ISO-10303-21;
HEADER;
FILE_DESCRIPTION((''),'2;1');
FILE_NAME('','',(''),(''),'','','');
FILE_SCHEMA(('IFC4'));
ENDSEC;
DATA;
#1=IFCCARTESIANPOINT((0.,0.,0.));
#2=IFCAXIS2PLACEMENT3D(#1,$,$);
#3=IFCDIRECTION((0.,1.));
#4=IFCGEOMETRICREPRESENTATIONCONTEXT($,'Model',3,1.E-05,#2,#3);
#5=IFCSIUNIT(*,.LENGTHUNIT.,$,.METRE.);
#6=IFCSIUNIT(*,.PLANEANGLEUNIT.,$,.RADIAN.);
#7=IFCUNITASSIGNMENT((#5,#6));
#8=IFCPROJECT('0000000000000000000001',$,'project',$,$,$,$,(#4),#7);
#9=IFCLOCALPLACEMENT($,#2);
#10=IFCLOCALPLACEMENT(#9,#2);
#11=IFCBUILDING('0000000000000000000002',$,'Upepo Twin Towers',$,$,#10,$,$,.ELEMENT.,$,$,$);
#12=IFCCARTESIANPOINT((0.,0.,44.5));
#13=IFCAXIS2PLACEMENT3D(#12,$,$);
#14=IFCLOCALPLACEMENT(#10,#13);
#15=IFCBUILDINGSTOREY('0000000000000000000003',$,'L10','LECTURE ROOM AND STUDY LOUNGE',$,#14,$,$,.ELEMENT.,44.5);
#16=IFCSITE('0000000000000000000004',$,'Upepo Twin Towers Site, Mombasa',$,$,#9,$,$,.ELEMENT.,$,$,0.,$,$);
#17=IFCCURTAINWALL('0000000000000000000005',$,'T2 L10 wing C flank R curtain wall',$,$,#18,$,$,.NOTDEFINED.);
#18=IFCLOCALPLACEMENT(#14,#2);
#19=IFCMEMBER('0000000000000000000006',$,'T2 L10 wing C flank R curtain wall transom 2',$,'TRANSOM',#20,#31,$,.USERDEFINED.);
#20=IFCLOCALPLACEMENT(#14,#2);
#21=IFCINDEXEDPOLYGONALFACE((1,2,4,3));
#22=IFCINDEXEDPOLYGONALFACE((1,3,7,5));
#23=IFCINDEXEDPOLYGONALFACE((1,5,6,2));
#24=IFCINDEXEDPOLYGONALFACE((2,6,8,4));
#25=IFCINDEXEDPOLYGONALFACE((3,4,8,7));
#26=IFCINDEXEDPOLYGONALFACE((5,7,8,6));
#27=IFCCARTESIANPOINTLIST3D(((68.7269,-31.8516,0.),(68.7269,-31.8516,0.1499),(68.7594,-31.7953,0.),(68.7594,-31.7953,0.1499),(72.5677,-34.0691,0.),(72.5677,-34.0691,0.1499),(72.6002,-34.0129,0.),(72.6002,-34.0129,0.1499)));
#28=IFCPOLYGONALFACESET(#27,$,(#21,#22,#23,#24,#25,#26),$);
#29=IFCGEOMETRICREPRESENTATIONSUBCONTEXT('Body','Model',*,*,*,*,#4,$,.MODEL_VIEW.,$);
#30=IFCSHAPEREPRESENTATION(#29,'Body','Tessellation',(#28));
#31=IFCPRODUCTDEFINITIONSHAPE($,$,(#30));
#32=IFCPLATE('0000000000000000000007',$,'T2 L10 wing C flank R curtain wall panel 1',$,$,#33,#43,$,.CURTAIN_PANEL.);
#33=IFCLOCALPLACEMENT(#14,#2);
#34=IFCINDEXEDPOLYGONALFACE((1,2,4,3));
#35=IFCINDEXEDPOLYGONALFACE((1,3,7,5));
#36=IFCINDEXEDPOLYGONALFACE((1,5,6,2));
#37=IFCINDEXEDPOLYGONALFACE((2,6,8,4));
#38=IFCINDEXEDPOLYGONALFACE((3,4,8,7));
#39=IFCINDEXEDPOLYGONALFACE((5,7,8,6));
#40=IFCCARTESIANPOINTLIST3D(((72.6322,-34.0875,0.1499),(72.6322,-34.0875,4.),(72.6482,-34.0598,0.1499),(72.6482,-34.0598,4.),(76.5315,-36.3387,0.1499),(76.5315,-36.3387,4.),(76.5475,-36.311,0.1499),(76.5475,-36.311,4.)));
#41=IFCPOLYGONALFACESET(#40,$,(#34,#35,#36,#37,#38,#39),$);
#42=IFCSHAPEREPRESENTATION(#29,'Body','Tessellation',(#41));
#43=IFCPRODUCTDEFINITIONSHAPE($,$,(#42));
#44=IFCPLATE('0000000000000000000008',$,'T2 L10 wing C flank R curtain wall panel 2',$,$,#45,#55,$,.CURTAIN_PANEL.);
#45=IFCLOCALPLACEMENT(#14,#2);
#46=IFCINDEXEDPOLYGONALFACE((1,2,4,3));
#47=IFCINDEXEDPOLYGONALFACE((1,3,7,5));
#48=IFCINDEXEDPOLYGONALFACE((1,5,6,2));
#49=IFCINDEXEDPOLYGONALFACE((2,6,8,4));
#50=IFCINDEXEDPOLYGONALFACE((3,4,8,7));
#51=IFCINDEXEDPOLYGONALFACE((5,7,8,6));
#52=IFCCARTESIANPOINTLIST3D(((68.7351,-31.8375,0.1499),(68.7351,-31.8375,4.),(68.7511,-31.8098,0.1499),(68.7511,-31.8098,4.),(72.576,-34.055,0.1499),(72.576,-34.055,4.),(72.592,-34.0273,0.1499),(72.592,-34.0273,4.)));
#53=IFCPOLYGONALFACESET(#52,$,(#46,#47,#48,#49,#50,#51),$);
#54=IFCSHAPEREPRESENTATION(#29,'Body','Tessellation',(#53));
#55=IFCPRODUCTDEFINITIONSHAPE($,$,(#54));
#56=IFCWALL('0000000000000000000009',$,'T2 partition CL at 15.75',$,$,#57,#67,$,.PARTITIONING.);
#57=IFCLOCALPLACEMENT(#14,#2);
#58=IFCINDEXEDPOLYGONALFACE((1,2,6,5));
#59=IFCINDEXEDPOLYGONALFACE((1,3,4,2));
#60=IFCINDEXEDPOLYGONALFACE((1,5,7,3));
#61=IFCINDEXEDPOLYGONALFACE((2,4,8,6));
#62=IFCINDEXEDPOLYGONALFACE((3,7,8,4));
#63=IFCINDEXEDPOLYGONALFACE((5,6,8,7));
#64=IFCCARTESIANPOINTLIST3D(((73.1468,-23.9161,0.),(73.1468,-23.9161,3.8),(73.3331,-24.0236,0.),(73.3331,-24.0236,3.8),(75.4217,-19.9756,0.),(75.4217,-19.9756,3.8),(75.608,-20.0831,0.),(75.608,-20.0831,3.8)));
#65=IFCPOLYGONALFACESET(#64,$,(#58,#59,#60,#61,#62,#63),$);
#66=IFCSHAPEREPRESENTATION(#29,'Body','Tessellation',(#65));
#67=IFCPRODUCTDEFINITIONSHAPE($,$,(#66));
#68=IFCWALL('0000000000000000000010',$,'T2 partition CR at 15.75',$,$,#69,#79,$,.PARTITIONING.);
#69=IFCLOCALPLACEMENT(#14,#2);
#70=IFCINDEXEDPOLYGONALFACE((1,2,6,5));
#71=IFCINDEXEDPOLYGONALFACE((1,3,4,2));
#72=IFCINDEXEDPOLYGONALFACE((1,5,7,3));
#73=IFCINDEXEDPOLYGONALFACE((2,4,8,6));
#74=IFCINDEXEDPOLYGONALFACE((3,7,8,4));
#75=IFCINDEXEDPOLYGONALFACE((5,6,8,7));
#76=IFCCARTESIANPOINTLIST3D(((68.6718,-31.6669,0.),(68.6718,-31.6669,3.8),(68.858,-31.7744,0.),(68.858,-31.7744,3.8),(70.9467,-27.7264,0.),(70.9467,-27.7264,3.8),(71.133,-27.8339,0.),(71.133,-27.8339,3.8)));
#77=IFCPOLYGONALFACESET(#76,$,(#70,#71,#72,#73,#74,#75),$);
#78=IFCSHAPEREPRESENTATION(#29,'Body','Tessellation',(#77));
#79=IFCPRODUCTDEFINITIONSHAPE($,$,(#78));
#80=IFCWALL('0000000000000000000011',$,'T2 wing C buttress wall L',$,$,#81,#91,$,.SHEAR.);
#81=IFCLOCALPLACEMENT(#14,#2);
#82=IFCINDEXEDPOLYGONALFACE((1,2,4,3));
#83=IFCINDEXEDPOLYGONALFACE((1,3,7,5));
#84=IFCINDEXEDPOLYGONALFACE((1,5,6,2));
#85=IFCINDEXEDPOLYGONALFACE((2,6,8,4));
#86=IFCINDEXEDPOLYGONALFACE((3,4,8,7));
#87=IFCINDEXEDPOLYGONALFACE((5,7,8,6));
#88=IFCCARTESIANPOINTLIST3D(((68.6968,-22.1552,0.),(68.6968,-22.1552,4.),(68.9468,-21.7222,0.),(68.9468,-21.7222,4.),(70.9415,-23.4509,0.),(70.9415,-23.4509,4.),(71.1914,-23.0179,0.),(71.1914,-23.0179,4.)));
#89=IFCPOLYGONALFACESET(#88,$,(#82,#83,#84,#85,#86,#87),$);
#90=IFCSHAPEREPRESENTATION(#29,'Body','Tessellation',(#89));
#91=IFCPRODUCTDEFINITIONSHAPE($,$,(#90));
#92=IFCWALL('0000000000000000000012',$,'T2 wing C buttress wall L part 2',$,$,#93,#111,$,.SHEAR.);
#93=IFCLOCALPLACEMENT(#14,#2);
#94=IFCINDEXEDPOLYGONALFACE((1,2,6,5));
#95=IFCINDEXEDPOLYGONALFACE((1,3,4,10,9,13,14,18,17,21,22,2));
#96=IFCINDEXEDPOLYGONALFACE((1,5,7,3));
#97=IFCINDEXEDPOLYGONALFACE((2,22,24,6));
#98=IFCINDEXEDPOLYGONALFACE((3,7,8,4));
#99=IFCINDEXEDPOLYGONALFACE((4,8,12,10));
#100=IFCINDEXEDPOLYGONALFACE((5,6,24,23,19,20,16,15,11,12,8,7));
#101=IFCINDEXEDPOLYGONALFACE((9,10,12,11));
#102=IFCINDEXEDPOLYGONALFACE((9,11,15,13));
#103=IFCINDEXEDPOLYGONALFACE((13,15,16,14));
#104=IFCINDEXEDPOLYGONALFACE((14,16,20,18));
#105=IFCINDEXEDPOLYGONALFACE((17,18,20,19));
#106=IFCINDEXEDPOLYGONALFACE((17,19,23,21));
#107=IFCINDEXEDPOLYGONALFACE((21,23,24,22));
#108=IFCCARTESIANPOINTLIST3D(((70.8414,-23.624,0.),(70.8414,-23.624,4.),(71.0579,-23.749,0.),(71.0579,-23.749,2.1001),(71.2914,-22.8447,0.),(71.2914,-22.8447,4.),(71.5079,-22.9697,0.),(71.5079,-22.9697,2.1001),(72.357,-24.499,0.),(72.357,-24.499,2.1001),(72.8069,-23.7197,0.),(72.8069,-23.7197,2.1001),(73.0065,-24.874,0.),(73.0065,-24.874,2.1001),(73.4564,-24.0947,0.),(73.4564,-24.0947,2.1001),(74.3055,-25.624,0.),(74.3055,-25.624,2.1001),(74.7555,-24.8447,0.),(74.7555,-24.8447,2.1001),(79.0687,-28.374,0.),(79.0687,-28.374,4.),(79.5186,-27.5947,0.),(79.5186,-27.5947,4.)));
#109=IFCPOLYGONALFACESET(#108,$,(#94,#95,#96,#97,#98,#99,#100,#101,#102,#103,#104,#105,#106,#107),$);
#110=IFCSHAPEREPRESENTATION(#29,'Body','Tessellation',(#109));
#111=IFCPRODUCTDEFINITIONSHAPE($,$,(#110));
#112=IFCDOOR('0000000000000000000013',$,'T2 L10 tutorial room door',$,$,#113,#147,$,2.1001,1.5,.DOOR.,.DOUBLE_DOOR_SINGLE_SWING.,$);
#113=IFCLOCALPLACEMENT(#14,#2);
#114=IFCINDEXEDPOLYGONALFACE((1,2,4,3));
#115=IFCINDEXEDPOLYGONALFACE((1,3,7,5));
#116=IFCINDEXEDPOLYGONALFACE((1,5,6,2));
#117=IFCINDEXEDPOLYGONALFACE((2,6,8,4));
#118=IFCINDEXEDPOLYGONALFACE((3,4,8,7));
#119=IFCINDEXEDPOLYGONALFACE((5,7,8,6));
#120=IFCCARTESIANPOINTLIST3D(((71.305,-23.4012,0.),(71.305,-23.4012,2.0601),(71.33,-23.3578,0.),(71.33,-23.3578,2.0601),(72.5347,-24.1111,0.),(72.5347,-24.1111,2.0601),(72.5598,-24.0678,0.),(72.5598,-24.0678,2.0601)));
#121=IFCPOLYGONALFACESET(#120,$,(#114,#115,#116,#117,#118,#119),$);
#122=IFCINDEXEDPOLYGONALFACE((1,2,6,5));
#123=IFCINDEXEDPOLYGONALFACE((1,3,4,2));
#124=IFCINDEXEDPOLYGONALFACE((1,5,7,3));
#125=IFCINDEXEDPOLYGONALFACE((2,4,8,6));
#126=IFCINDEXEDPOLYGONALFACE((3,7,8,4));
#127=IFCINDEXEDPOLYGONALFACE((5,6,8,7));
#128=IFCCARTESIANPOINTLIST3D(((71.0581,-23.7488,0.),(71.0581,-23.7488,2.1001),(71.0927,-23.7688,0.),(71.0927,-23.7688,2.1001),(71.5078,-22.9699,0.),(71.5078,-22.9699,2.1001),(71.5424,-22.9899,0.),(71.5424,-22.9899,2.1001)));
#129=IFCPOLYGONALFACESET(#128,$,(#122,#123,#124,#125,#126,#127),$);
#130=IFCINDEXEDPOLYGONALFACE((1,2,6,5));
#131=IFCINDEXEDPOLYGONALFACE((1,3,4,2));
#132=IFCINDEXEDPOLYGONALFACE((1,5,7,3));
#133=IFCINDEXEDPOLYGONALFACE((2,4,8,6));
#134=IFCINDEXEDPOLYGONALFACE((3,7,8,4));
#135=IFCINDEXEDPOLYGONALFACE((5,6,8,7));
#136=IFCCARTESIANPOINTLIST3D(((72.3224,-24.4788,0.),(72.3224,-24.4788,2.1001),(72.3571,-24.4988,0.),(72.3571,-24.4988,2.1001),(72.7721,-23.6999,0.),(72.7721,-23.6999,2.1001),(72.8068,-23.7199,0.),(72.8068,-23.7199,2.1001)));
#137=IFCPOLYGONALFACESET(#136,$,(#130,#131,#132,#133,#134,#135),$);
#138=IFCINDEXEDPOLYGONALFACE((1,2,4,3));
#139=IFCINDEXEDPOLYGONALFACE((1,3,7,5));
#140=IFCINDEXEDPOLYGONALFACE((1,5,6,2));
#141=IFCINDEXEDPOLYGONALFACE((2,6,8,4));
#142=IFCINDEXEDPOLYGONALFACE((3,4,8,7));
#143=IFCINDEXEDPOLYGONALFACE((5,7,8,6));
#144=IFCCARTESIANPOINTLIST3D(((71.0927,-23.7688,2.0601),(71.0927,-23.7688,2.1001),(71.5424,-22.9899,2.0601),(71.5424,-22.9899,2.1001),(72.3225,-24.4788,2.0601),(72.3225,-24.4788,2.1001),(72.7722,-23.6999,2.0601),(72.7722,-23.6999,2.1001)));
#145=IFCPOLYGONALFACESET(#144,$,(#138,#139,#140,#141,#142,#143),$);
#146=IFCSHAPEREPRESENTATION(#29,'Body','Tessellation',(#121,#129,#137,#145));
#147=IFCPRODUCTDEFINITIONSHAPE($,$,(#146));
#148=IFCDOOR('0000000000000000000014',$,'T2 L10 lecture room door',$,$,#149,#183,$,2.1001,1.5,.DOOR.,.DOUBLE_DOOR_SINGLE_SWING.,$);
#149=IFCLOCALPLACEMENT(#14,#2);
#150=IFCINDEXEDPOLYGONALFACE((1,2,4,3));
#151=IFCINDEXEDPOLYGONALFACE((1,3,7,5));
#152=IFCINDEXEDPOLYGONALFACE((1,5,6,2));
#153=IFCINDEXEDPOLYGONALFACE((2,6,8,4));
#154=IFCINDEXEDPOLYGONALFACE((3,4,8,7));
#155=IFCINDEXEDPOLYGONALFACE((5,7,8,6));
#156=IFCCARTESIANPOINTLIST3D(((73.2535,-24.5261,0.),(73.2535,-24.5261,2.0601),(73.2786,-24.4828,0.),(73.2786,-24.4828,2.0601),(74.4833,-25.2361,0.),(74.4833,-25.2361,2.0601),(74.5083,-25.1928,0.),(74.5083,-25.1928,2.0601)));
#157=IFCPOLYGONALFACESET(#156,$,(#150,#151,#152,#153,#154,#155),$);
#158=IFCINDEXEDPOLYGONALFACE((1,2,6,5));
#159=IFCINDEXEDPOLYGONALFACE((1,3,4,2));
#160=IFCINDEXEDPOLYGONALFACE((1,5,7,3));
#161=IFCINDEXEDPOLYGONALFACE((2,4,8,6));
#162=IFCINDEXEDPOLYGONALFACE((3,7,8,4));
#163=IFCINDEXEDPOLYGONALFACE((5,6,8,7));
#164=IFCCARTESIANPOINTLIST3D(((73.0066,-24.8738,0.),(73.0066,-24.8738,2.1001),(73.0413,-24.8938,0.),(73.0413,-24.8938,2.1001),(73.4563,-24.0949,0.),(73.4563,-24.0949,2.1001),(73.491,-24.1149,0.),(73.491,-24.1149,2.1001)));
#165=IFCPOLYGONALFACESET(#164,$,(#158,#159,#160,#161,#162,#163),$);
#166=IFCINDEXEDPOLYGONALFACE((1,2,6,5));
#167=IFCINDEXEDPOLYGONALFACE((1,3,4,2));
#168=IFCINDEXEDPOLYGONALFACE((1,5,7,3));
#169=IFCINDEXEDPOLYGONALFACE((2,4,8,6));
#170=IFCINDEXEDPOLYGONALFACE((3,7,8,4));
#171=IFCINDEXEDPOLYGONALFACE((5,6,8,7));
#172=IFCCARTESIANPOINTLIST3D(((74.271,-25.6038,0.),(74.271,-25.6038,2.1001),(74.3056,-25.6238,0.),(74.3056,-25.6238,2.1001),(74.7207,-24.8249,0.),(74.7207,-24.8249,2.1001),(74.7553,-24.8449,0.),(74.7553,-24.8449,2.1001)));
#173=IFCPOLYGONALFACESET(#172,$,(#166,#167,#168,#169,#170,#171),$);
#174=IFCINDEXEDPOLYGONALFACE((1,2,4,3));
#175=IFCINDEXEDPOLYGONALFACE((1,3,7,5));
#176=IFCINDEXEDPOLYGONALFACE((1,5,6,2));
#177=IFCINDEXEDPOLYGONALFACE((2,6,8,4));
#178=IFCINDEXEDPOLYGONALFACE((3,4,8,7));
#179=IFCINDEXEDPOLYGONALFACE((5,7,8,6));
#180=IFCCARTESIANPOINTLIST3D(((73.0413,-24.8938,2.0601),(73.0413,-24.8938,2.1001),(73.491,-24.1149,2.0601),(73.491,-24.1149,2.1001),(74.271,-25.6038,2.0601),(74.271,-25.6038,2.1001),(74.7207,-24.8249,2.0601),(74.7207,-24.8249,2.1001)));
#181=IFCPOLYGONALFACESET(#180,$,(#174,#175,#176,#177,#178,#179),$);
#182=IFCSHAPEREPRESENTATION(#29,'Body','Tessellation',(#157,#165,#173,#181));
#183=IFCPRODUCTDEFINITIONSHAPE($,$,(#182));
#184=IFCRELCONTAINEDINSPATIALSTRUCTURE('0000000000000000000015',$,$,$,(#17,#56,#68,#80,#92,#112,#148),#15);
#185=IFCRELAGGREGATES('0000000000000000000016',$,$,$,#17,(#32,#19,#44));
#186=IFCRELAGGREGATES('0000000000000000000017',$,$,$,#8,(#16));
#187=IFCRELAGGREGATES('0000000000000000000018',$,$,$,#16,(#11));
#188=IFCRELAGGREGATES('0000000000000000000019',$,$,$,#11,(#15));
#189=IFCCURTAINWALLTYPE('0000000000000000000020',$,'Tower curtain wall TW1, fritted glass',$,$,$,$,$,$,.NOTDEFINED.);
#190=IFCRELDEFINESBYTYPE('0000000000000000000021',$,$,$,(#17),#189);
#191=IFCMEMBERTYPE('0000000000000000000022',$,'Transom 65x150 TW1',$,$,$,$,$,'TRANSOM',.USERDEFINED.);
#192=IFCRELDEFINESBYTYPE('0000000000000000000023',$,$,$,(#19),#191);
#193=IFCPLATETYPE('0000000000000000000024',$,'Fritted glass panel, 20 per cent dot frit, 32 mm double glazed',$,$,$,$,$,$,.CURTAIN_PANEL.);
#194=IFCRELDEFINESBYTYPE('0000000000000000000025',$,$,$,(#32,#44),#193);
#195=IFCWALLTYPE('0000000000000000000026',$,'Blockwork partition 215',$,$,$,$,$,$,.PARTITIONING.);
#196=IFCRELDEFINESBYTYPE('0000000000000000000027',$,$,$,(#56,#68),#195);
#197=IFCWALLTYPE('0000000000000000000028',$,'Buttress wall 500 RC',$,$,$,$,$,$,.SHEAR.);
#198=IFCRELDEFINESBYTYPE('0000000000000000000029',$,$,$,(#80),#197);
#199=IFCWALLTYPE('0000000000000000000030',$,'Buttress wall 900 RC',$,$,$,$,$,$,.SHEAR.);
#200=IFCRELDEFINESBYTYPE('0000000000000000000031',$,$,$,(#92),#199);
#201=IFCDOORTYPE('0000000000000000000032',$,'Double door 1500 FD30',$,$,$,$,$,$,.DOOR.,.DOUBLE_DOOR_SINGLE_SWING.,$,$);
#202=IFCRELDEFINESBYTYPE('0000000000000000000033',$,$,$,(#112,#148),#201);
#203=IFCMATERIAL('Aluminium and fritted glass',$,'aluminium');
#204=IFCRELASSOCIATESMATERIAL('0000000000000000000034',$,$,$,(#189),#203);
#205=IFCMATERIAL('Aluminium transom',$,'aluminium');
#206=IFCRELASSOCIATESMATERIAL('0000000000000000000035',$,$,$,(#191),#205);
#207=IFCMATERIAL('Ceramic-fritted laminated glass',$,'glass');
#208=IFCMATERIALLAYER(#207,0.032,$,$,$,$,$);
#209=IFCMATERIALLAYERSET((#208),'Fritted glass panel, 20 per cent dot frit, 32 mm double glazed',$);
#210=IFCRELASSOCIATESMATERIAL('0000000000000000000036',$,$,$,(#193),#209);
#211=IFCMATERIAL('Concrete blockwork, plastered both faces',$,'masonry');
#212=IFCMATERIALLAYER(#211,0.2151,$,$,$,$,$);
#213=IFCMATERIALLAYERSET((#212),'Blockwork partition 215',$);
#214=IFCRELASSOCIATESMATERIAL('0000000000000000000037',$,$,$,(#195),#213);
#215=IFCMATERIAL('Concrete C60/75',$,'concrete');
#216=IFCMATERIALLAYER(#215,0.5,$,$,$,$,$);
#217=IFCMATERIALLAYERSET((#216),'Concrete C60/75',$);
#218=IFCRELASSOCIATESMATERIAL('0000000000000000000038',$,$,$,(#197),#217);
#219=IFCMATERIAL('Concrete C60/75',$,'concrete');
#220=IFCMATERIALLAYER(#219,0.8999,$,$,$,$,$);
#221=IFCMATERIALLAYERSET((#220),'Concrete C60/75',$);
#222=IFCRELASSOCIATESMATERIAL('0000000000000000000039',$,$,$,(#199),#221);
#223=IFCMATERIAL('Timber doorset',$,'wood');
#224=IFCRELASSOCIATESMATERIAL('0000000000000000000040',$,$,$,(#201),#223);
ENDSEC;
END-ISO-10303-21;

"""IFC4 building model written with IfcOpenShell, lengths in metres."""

from ifc_helpers import new_model, si_unit, direction, frame, frame_2d, origin, origin_2d, place, context, subcontext, project, spatial, rectangle, extrude, material, layer, layer_set, material_profile, profile_set, type_object, element, fill, aggregate, save


model = new_model("IFC4")

# Units and contexts
model_context = context("Model", 3, precision=1e-05, world=origin(), true_north=direction((0.0, 1.0)))
body_context = subcontext(model_context, "Body", "Model", "MODEL_VIEW")
ifc_project = project(units=[si_unit("LENGTHUNIT", "METRE"), si_unit("PLANEANGLEUNIT", "RADIAN")], contexts=[model_context])

# Site, building, storey
site_placement = place(None, origin())
site = spatial("IfcSite", under=ifc_project, at=site_placement, Name="Upepo Twin Towers Site, Mombasa", CompositionType="ELEMENT", RefElevation=0.0)
building_placement = place(site_placement, origin())
building = spatial("IfcBuilding", under=site, at=building_placement, Name="Upepo Twin Towers", CompositionType="ELEMENT")
storey_placement = place(building_placement, frame((0.0, 0.0, 44.5)))
storey = spatial("IfcBuildingStorey", under=building, at=storey_placement, Name="L10", Description="LECTURE ROOM AND STUDY LOUNGE", CompositionType="ELEMENT", Elevation=44.5)

# Curtain wall, member, plates
ifc_material_1 = material(Name="Aluminium and fritted glass", Category="aluminium")
curtain_wall_type = type_object("IfcCurtainWallType", Name="Tower curtain wall TW1, fritted glass", PredefinedType="NOTDEFINED", material=ifc_material_1)
curtain_wall_placement = place(storey_placement, origin())
curtain_wall = element("IfcCurtainWall", 1, at=curtain_wall_placement, inside=storey, type_object=curtain_wall_type, Name="T2 L10 wing C flank R curtain wall", PredefinedType="NOTDEFINED")
ifc_material_2 = material(Name="Aluminium transom", Category="aluminium")
ifc_material_profile_1 = material_profile(ifc_material_2, rectangle(XDim=0.0649, YDim=0.1499, at=origin_2d()), Name="TRANSOM 65x150")
ifc_profile_set_1 = profile_set([ifc_material_profile_1], Name="Aluminium transom")
member_type_1 = type_object("IfcMemberType", Name="Transom 65x150 TW1", ElementType="TRANSOM", PredefinedType="USERDEFINED", material=ifc_profile_set_1)
member_1_placement = place(storey_placement, frame((72.584, -34.041, 0.075), z_axis=(-0.866022, 0.500005, 0.0), x_axis=(-0.500005, -0.866022, 0.0)))
member_1 = element("IfcMember", 2, at=member_1_placement, type_object=member_type_1, Name="T2 L10 wing C flank R curtain wall transom 2", ObjectType="TRANSOM", PredefinedType="USERDEFINED", context=body_context, shape_type="SweptSolid", body=[
    extrude(rectangle(XDim=0.0649, YDim=0.1499, at=origin_2d()), origin(), (0.0, 0.0, 1.0), 4.4351),
])
ifc_material_3 = material(Name="Ceramic-fritted laminated glass", Category="glass")
ifc_layer_1 = layer(ifc_material_3, 0.032)
ifc_layer_set_1 = layer_set([ifc_layer_1], Name="Fritted glass panel, 20 per cent dot frit, 32 mm double glazed")
plate_type = type_object("IfcPlateType", Name="Fritted glass panel, 20 per cent dot frit, 32 mm double glazed", PredefinedType="CURTAIN_PANEL", material=ifc_layer_set_1)
plate_1_placement = place(storey_placement, frame((74.5898, -35.1992, 0.1499), z_axis=(0.0, 0.0, 1.0), x_axis=(-0.866025, 0.5, 0.0)))
plate_1 = element("IfcPlate", 3, at=plate_1_placement, type_object=plate_type, Name="T2 L10 wing C flank R curtain wall panel 1", PredefinedType="CURTAIN_PANEL", context=body_context, shape_type="SweptSolid", body=[
    extrude(rectangle(XDim=4.5024, YDim=0.032, at=origin_2d()), origin(), (0.0, 0.0, 1.0), 3.8501),
])
plate_2_placement = place(storey_placement, frame((70.6636, -32.9324, 0.1499), z_axis=(0.0, 0.0, 1.0), x_axis=(-0.866025, 0.5, 0.0)))
plate_2 = element("IfcPlate", 4, at=plate_2_placement, type_object=plate_type, Name="T2 L10 wing C flank R curtain wall panel 2", PredefinedType="CURTAIN_PANEL", context=body_context, shape_type="SweptSolid", body=[
    extrude(rectangle(XDim=4.4351, YDim=0.032, at=origin_2d()), origin(), (0.0, 0.0, 1.0), 3.8501),
])
aggregate(curtain_wall, [plate_1, member_1, plate_2])

# Walls
ifc_material_4 = material(Name="Concrete blockwork, plastered both faces", Category="masonry")
ifc_layer_2 = layer(ifc_material_4, 0.2151)
ifc_layer_set_2 = layer_set([ifc_layer_2], Name="Blockwork partition 215")
wall_type_1 = type_object("IfcWallType", Name="Blockwork partition 215", PredefinedType="PARTITIONING", material=ifc_layer_set_2)
for number, where, z_axis, x_axis, name in (
    (5, (73.24, -23.9697, 0.0), (0.0, 0.0, 1.0), (0.499983, 0.866035, 0.0), "T2 partition CL at 15.75"),
    (6, (71.0398, -27.7803, 0.0), (0.0, 0.0, 1.0), (-0.499983, -0.866035, 0.0), "T2 partition CR at 15.75"),
):
    element("IfcWall", number, at=place(storey_placement, frame(where, z_axis=z_axis, x_axis=x_axis)), inside=storey, type_object=wall_type_1, Name=name, PredefinedType="PARTITIONING", context=body_context, shape_type="SweptSolid", body=[
        extrude(rectangle(XDim=4.55, YDim=0.2151, at=frame_2d((2.2749, 0.0))), origin(), (0.0, 0.0, 1.0), 3.8),
    ])
ifc_material_5 = material(Name="Concrete C60/75", Category="concrete")
ifc_layer_3 = layer(ifc_material_5, 0.5)
ifc_layer_set_3 = layer_set([ifc_layer_3], Name="Concrete C60/75")
wall_type_2 = type_object("IfcWallType", Name="Buttress wall 500 RC", PredefinedType="SHEAR", material=ifc_layer_set_3)
wall_1_placement = place(storey_placement, frame((68.8218, -21.9387, 0.0), z_axis=(0.0, 0.0, 1.0), x_axis=(0.866073, -0.499918, 0.0)))
element("IfcWall", 7, at=wall_1_placement, inside=storey, type_object=wall_type_2, Name="T2 wing C buttress wall L", PredefinedType="SHEAR", context=body_context, shape_type="SweptSolid", body=[
    extrude(rectangle(XDim=2.5918, YDim=0.5, at=frame_2d((1.2959, 0.0))), origin(), (0.0, 0.0, 1.0), 4.0),
])

# Wall, openings, doors
ifc_material_6 = material(Name="Concrete C60/75", Category="concrete")
ifc_layer_4 = layer(ifc_material_6, 0.8999)
ifc_layer_set_4 = layer_set([ifc_layer_4], Name="Concrete C60/75")
wall_type_3 = type_object("IfcWallType", Name="Buttress wall 900 RC", PredefinedType="SHEAR", material=ifc_layer_set_4)
wall_2_placement = place(storey_placement, frame((71.0664, -23.2344, 0.0), z_axis=(0.0, 0.0, 1.0), x_axis=(0.866027, -0.499998, 0.0)))
wall_2 = element("IfcWall", 8, at=wall_2_placement, inside=storey, type_object=wall_type_3, Name="T2 wing C buttress wall L part 2", PredefinedType="SHEAR", context=body_context, shape_type="SweptSolid", body=[
    extrude(rectangle(XDim=9.5, YDim=0.8999, at=frame_2d((4.75, 0.0))), origin(), (0.0, 0.0, 1.0), 4.0),
])
opening_1_placement = place(wall_2_placement, frame((0.25, 0.0, 0.0)))
opening_1 = element("IfcOpeningElement", 9, at=opening_1_placement, cuts=wall_2, PredefinedType="OPENING", context=body_context, shape_type="SweptSolid", body=[
    extrude(rectangle(XDim=1.5, YDim=2.1001, at=frame_2d((0.75, 1.05))), frame((0.0, 0.46, 0.0), z_axis=(0.0, -1.0, 0.0), x_axis=(1.0, 0.0, 0.0)), (0.0, 0.0, 1.0), 0.9199),
])
opening_2_placement = place(wall_2_placement, frame((2.5, 0.0, 0.0)))
opening_2 = element("IfcOpeningElement", 10, at=opening_2_placement, cuts=wall_2, PredefinedType="OPENING", context=body_context, shape_type="SweptSolid", body=[
    extrude(rectangle(XDim=1.5, YDim=2.1001, at=frame_2d((0.75, 1.05))), frame((0.0, 0.46, 0.0), z_axis=(0.0, -1.0, 0.0), x_axis=(1.0, 0.0, 0.0)), (0.0, 0.0, 1.0), 0.9199),
])
ifc_material_7 = material(Name="Timber doorset", Category="wood")
door_type = type_object("IfcDoorType", Name="Double door 1500 FD30", OperationType="DOUBLE_DOOR_SINGLE_SWING", PredefinedType="DOOR", material=ifc_material_7)
door_1_placement = place(opening_1_placement, origin())
door_1 = element("IfcDoor", 11, at=door_1_placement, inside=storey, type_object=door_type, Name="T2 L10 tutorial room door", OperationType="DOUBLE_DOOR_SINGLE_SWING", OverallHeight=2.1001, OverallWidth=1.5, PredefinedType="DOOR", context=body_context, shape_type="SweptSolid", body=[
    extrude(rectangle(XDim=1.42, YDim=2.0601, at=frame_2d((0.75, 1.03))), frame((0.0, 0.0249, 0.0), z_axis=(0.0, -1.0, 0.0), x_axis=(1.0, 0.0, 0.0)), (0.0, 0.0, 1.0), 0.05),
    extrude(rectangle(XDim=0.04, YDim=2.1001, at=frame_2d((0.02, 1.05))), frame((0.0, 0.4497, 0.0), z_axis=(0.0, -1.0, 0.0), x_axis=(1.0, 0.0, 0.0)), (0.0, 0.0, 1.0), 0.8994),
    extrude(rectangle(XDim=0.04, YDim=2.1001, at=frame_2d((1.48, 1.05))), frame((0.0, 0.4497, 0.0), z_axis=(0.0, -1.0, 0.0), x_axis=(1.0, 0.0, 0.0)), (0.0, 0.0, 1.0), 0.8994),
    extrude(rectangle(XDim=1.42, YDim=0.04, at=frame_2d((0.75, 2.0801))), frame((0.0, 0.4497, 0.0), z_axis=(0.0, -1.0, 0.0), x_axis=(1.0, 0.0, 0.0)), (0.0, 0.0, 1.0), 0.8994),
])
fill(opening_1, door_1)
door_2_placement = place(opening_2_placement, origin())
door_2 = element("IfcDoor", 12, at=door_2_placement, inside=storey, type_object=door_type, Name="T2 L10 lecture room door", OperationType="DOUBLE_DOOR_SINGLE_SWING", OverallHeight=2.1001, OverallWidth=1.5, PredefinedType="DOOR", context=body_context, shape_type="SweptSolid", body=[
    extrude(rectangle(XDim=1.42, YDim=2.0601, at=frame_2d((0.75, 1.03))), frame((0.0, 0.0249, 0.0), z_axis=(0.0, -1.0, 0.0), x_axis=(1.0, 0.0, 0.0)), (0.0, 0.0, 1.0), 0.05),
    extrude(rectangle(XDim=0.04, YDim=2.1001, at=frame_2d((0.02, 1.05))), frame((0.0, 0.4497, 0.0), z_axis=(0.0, -1.0, 0.0), x_axis=(1.0, 0.0, 0.0)), (0.0, 0.0, 1.0), 0.8994),
    extrude(rectangle(XDim=0.04, YDim=2.1001, at=frame_2d((1.48, 1.05))), frame((0.0, 0.4497, 0.0), z_axis=(0.0, -1.0, 0.0), x_axis=(1.0, 0.0, 0.0)), (0.0, 0.0, 1.0), 0.8994),
    extrude(rectangle(XDim=1.42, YDim=0.04, at=frame_2d((0.75, 2.0801))), frame((0.0, 0.4497, 0.0), z_axis=(0.0, -1.0, 0.0), x_axis=(1.0, 0.0, 0.0)), (0.0, 0.0, 1.0), 0.8994),
])
fill(opening_2, door_2)

save(model, "model.ifc")
